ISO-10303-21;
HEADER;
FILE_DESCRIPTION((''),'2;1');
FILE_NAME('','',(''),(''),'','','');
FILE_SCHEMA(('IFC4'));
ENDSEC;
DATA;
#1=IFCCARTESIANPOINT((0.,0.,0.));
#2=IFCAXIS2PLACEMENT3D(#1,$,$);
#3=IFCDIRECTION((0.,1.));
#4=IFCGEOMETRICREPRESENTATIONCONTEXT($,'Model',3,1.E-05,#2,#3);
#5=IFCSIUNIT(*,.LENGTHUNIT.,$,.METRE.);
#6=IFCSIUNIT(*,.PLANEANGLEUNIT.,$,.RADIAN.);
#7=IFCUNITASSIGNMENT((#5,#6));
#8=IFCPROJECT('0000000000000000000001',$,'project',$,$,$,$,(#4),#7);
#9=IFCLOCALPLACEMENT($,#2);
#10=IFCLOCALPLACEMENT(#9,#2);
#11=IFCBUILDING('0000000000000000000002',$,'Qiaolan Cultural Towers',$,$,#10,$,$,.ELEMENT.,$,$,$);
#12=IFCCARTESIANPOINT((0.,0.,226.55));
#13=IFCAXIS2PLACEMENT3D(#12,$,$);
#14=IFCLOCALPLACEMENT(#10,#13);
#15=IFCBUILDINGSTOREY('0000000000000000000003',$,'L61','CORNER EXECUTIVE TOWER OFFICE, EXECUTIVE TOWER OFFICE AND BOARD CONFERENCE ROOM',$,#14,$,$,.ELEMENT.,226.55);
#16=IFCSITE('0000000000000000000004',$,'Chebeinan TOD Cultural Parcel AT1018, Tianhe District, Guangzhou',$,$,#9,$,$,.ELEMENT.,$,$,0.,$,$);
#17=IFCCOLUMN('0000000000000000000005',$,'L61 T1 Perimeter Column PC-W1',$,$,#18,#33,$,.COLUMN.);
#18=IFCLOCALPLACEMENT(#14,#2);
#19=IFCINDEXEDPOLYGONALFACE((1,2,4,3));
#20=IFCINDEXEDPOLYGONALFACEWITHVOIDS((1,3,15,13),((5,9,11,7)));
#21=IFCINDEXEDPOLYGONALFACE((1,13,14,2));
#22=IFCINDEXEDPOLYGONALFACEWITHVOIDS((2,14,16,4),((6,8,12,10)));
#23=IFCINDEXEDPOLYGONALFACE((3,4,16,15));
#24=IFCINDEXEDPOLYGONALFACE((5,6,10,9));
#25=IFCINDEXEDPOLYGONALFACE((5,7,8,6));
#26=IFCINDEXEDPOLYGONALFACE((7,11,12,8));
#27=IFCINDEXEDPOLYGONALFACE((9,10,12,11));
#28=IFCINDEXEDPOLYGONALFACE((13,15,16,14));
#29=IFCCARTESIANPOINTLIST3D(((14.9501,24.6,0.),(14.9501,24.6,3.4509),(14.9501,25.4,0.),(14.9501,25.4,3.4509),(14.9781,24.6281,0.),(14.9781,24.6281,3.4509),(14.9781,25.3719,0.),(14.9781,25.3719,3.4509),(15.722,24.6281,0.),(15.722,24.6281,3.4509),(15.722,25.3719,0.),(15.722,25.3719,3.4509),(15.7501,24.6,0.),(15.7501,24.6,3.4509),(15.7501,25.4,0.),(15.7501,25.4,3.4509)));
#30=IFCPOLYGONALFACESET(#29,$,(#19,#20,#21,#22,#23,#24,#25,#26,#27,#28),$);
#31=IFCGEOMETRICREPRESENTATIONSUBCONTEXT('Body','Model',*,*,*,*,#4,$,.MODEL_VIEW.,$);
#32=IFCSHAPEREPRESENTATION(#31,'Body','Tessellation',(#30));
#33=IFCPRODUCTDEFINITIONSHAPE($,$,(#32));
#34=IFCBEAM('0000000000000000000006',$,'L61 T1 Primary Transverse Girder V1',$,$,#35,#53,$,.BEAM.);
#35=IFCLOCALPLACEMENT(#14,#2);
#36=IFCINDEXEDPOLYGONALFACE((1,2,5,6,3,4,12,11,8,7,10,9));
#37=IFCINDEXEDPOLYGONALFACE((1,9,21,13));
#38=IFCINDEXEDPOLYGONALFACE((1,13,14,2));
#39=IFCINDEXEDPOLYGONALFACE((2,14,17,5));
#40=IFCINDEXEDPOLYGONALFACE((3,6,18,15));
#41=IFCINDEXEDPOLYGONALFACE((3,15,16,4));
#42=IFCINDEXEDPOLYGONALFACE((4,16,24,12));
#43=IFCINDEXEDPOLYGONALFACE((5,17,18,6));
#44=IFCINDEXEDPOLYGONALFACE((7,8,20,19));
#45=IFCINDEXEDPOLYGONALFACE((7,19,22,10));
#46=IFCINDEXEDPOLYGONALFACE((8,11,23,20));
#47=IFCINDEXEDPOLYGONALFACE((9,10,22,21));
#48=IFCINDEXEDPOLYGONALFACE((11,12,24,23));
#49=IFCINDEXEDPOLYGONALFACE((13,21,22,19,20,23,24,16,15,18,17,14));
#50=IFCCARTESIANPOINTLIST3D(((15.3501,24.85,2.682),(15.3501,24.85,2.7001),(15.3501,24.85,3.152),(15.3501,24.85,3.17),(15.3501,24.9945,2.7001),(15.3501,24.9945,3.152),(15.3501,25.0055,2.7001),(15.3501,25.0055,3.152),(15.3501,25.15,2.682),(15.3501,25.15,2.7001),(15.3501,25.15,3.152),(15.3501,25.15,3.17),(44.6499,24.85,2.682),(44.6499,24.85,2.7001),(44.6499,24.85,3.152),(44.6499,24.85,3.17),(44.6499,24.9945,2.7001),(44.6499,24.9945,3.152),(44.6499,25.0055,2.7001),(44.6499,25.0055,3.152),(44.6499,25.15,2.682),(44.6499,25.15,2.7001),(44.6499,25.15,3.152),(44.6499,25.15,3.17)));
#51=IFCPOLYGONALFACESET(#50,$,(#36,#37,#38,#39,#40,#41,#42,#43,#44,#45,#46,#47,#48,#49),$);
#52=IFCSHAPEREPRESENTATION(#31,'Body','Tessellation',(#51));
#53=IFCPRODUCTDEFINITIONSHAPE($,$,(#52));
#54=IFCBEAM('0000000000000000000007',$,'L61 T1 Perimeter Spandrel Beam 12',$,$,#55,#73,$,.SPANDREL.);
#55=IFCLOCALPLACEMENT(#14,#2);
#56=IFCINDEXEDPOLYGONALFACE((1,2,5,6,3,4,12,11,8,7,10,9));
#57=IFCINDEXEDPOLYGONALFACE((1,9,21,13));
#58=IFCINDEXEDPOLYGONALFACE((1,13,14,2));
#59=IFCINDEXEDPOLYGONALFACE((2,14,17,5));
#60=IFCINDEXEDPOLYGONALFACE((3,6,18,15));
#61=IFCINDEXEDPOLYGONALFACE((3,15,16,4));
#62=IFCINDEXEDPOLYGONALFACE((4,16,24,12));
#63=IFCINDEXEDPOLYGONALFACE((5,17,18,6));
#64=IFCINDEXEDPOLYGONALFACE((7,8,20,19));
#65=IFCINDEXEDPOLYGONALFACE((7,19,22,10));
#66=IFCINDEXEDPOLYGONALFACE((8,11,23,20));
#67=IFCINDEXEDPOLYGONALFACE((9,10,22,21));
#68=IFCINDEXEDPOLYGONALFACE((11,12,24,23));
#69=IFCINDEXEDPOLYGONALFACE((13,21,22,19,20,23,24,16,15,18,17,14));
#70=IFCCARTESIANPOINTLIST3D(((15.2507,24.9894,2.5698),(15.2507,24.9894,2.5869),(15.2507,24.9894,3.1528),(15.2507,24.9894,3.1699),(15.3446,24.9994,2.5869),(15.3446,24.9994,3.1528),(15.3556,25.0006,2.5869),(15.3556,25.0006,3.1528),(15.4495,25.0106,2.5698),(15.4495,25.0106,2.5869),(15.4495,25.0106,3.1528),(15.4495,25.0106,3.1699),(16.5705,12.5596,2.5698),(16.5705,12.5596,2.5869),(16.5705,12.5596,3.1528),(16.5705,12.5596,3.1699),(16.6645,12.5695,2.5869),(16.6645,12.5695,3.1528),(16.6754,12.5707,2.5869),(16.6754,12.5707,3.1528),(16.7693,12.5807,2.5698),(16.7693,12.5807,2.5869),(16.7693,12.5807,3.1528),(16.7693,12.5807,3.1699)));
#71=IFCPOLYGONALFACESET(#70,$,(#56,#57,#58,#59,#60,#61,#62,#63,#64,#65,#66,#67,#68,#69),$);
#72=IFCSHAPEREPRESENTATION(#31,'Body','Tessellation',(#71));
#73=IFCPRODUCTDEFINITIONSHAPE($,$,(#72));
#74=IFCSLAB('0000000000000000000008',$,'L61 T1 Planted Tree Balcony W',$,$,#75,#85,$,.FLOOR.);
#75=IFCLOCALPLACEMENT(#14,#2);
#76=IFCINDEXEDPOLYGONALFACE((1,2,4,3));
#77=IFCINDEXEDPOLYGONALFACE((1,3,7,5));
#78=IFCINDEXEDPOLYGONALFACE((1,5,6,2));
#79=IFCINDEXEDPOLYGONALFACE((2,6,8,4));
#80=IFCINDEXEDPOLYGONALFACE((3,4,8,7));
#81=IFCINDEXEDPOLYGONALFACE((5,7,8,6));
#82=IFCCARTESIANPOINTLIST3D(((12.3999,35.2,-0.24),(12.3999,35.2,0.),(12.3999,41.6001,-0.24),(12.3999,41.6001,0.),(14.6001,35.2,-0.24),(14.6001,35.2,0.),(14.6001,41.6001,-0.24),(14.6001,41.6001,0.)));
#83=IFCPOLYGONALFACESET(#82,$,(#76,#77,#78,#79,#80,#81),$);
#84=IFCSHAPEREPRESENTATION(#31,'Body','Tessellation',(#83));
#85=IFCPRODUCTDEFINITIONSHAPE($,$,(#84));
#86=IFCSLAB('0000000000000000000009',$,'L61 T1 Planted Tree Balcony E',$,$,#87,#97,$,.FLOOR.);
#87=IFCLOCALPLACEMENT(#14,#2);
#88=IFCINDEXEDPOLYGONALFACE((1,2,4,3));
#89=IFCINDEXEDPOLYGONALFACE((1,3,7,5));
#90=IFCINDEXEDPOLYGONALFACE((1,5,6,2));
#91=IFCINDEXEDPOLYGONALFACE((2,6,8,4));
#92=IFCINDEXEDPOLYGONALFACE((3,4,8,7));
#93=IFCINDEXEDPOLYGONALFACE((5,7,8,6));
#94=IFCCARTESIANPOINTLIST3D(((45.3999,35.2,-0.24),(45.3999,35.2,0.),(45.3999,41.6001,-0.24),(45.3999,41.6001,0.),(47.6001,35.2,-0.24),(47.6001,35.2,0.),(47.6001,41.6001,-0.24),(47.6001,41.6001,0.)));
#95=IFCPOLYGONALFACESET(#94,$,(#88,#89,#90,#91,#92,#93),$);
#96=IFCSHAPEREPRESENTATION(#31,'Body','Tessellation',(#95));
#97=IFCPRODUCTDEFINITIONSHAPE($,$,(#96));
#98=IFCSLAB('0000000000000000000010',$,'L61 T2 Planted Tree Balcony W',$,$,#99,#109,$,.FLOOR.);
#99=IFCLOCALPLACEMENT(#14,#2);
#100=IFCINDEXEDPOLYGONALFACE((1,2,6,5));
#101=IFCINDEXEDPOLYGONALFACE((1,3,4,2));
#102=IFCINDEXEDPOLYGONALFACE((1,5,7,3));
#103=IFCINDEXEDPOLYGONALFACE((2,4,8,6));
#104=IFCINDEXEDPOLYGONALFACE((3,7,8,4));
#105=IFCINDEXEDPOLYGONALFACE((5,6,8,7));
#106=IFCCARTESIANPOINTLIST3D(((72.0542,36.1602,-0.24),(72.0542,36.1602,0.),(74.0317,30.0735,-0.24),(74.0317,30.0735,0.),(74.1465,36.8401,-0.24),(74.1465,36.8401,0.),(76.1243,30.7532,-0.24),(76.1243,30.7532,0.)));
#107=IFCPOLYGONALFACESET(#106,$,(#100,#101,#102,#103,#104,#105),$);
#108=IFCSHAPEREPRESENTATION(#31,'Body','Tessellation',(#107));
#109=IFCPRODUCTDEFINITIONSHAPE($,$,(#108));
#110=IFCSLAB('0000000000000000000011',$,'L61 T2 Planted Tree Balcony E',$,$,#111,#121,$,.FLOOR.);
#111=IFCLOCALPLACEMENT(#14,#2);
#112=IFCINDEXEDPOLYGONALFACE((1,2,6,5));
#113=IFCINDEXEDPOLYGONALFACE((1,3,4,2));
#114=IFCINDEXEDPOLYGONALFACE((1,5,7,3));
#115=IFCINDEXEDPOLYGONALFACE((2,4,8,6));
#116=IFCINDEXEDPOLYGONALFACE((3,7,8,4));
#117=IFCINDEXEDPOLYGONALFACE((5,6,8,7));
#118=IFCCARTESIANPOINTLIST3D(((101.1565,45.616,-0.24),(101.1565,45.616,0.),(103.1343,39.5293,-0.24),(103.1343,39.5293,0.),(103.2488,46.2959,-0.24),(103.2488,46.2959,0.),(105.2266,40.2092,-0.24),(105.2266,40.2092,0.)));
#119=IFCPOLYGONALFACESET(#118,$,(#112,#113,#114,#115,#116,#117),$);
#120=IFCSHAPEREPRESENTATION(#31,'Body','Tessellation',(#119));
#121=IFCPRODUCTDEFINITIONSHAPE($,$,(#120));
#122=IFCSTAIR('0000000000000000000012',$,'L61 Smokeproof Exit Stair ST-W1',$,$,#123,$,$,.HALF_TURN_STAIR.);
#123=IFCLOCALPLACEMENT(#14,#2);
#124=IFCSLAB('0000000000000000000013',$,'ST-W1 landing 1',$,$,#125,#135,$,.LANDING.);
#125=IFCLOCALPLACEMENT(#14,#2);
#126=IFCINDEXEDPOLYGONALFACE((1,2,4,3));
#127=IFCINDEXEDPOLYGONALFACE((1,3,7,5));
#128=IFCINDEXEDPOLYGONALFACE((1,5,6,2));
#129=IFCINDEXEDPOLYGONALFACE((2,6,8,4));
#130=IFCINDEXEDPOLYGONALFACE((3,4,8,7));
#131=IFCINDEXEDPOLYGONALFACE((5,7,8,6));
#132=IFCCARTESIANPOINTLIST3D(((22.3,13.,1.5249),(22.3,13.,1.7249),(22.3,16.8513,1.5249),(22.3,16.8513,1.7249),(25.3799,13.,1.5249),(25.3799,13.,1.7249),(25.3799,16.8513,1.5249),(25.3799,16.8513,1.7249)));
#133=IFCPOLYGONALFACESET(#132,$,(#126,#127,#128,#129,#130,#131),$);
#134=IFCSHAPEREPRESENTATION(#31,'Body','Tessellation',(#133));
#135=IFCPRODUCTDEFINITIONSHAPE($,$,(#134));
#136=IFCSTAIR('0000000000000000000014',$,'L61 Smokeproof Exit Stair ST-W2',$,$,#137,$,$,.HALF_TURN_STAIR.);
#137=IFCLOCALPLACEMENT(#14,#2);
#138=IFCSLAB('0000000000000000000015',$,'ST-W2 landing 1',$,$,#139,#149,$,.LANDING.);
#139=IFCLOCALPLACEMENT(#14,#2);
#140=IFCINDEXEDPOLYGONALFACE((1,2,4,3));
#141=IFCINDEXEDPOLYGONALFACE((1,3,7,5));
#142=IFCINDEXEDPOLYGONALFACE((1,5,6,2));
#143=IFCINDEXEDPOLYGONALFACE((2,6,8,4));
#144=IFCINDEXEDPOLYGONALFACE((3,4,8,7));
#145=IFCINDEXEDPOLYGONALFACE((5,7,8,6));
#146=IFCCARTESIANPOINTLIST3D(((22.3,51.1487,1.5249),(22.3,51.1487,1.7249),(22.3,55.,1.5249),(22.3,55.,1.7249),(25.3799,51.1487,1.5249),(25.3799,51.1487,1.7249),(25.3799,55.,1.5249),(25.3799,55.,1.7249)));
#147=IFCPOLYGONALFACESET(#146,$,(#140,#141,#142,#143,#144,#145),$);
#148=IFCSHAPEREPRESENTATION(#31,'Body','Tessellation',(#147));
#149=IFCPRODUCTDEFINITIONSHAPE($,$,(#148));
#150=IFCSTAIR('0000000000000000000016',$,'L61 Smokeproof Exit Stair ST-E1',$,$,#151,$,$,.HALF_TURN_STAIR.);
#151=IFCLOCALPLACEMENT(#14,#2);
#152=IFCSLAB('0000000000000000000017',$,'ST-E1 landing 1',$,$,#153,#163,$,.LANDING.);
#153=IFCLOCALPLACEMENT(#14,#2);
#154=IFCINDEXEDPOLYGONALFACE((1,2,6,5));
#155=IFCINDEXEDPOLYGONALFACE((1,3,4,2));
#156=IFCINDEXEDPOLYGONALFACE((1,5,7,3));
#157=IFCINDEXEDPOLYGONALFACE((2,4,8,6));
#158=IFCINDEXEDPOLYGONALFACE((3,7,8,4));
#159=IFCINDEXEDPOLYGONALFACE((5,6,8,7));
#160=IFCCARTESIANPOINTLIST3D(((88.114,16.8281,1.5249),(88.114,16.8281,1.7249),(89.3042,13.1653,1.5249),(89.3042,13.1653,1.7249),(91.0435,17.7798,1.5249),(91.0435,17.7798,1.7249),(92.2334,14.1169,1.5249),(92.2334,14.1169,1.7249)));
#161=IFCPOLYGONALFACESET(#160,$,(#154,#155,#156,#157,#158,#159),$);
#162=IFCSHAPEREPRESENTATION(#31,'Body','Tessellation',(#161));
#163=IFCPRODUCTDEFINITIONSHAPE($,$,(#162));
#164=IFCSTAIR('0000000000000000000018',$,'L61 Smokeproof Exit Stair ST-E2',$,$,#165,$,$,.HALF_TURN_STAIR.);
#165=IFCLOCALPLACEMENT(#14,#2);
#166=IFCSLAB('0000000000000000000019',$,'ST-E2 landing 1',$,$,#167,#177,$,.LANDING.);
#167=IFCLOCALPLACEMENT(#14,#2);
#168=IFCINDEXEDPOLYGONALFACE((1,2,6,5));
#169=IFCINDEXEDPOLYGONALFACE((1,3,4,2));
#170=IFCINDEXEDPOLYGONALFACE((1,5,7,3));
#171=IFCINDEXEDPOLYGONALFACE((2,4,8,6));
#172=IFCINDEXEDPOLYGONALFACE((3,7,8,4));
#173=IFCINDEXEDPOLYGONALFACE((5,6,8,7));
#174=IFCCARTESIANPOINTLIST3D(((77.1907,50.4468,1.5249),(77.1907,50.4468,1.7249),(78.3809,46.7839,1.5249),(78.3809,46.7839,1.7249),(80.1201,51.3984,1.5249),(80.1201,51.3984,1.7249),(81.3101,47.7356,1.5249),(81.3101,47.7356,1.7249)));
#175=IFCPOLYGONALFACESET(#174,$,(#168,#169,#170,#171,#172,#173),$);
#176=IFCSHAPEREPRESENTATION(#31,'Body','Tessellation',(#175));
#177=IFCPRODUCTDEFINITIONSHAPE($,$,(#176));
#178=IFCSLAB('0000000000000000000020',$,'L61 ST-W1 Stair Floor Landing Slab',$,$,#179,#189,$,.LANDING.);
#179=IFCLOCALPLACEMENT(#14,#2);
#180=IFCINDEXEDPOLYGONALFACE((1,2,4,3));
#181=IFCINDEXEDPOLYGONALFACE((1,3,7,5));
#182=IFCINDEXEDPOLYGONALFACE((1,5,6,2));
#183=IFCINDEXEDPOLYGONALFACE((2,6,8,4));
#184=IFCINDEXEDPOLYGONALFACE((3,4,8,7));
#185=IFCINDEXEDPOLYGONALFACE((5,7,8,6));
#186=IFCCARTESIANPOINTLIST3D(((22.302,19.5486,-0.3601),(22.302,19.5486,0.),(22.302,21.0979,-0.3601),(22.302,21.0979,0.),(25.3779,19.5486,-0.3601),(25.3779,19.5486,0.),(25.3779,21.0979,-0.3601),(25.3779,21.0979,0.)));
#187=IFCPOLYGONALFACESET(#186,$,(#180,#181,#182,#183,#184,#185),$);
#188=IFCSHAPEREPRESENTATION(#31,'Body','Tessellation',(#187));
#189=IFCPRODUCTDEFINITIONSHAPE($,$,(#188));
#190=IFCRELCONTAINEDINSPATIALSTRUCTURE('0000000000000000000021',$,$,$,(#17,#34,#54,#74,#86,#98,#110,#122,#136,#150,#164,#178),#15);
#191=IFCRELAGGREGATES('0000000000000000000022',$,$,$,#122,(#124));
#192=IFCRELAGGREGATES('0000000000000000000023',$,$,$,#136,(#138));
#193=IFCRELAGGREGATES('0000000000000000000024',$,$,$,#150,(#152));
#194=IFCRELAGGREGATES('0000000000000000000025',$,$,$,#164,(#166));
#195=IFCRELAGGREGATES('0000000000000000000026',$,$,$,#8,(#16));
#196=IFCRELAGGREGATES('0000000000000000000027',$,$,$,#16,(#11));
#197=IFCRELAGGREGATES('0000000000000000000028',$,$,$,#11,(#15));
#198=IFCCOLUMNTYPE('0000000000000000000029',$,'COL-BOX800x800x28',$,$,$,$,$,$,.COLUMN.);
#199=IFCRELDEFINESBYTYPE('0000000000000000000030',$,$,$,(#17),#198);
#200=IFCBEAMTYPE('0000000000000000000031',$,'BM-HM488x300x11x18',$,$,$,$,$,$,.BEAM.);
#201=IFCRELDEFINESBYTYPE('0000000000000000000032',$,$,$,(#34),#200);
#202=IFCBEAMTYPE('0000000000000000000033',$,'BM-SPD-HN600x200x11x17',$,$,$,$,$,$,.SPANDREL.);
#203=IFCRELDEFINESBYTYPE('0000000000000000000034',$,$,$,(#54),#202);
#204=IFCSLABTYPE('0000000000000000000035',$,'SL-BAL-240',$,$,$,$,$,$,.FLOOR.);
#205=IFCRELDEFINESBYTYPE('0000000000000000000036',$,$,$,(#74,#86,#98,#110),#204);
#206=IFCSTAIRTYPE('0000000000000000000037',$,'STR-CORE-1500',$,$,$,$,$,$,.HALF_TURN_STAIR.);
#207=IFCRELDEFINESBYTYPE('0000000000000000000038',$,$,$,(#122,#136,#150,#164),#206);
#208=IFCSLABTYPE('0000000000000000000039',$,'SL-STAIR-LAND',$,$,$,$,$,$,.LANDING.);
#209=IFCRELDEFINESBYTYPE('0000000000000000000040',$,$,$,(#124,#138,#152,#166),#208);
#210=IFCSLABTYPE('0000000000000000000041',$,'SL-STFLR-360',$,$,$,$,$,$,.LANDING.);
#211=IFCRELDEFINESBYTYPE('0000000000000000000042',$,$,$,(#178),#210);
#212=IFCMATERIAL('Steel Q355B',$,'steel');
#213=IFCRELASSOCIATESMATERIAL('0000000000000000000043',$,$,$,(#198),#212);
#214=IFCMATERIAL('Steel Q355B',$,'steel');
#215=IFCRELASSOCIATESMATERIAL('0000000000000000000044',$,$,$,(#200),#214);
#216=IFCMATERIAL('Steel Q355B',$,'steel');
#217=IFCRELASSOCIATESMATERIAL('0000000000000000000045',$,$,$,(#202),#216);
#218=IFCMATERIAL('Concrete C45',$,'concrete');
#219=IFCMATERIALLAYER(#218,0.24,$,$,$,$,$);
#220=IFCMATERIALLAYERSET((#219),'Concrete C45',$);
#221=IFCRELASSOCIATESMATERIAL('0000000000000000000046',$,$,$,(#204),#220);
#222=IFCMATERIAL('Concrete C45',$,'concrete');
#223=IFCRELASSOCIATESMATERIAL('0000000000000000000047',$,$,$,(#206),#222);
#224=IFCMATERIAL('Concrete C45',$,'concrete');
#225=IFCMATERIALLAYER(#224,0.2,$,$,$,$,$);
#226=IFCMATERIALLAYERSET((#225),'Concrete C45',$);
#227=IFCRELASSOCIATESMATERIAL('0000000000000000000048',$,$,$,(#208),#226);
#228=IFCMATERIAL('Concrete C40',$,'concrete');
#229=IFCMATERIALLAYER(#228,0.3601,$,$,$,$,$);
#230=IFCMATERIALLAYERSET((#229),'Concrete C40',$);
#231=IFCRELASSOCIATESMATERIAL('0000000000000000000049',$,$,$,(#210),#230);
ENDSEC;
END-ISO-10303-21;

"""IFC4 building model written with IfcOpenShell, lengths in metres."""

from ifc_helpers import new_model, si_unit, direction, frame, origin, origin_2d, place, context, subcontext, project, spatial, polyline, hollow_rectangle, i_section, outline, extrude, material, layer, layer_set, material_profile, profile_set, type_object, element, aggregate, save


model = new_model("IFC4")

# Units and contexts
model_context = context("Model", 3, precision=1e-05, world=origin(), true_north=direction((0.0, 1.0)))
body_context = subcontext(model_context, "Body", "Model", "MODEL_VIEW")
ifc_project = project(units=[si_unit("LENGTHUNIT", "METRE"), si_unit("PLANEANGLEUNIT", "RADIAN")], contexts=[model_context])

# Site, building, storey
site_placement = place(None, origin())
site = spatial("IfcSite", under=ifc_project, at=site_placement, Name="Chebeinan TOD Cultural Parcel AT1018, Tianhe District, Guangzhou", CompositionType="ELEMENT", RefElevation=0.0)
building_placement = place(site_placement, origin())
building = spatial("IfcBuilding", under=site, at=building_placement, Name="Qiaolan Cultural Towers", CompositionType="ELEMENT")
storey_placement = place(building_placement, frame((0.0, 0.0, 226.55)))
storey = spatial("IfcBuildingStorey", under=building, at=storey_placement, Name="L61", Description="CORNER EXECUTIVE TOWER OFFICE, EXECUTIVE TOWER OFFICE AND BOARD CONFERENCE ROOM", CompositionType="ELEMENT", Elevation=226.55)

# Column
ifc_material_1 = material(Name="Steel Q355B", Category="steel")
ifc_material_profile_1 = material_profile(ifc_material_1, hollow_rectangle(XDim=0.8, YDim=0.8, WallThickness=0.0281, at=origin_2d()), Name="BOX800x800x28")
ifc_profile_set_1 = profile_set([ifc_material_profile_1], Name="Steel Q355B")
column_type = type_object("IfcColumnType", Name="COL-BOX800x800x28", PredefinedType="COLUMN", material=ifc_profile_set_1)
column_placement = place(storey_placement, frame((15.3501, 25.0, 0.0), z_axis=(0.0, 0.0, 1.0), x_axis=(1.0, 0.0, 0.0)))
element("IfcColumn", 1, at=column_placement, inside=storey, type_object=column_type, Name="L61 T1 Perimeter Column PC-W1", PredefinedType="COLUMN", context=body_context, shape_type="SweptSolid", body=[
    extrude(hollow_rectangle(XDim=0.8, YDim=0.8, WallThickness=0.0281, at=origin_2d()), origin(), (0.0, 0.0, 1.0), 3.4509),
])

# Beams
ifc_material_2 = material(Name="Steel Q355B", Category="steel")
ifc_material_profile_2 = material_profile(ifc_material_2, i_section(OverallWidth=0.3, OverallDepth=0.488, WebThickness=0.011, FlangeThickness=0.0181, at=origin_2d()), Name="HM488x300x11x18")
ifc_profile_set_2 = profile_set([ifc_material_profile_2], Name="Steel Q355B")
beam_type_1 = type_object("IfcBeamType", Name="BM-HM488x300x11x18", PredefinedType="BEAM", material=ifc_profile_set_2)
beam_1_placement = place(storey_placement, frame((15.3501, 25.0, 2.926), z_axis=(1.0, 0.0, 0.0), x_axis=(0.0, 1.0, 0.0)))
element("IfcBeam", 2, at=beam_1_placement, inside=storey, type_object=beam_type_1, Name="L61 T1 Primary Transverse Girder V1", PredefinedType="BEAM", context=body_context, shape_type="SweptSolid", body=[
    extrude(i_section(OverallWidth=0.3, OverallDepth=0.488, WebThickness=0.011, FlangeThickness=0.0181, at=origin_2d()), origin(), (0.0, 0.0, 1.0), 29.2998),
])
ifc_material_3 = material(Name="Steel Q355B", Category="steel")
ifc_material_profile_3 = material_profile(ifc_material_3, i_section(OverallWidth=0.2, OverallDepth=0.6001, WebThickness=0.011, FlangeThickness=0.0171, at=origin_2d()), Name="HN600x200x11x17")
ifc_profile_set_3 = profile_set([ifc_material_profile_3], Name="Steel Q355B")
beam_type_2 = type_object("IfcBeamType", Name="BM-SPD-HN600x200x11x17", PredefinedType="SPANDREL", material=ifc_profile_set_3)
beam_2_placement = place(storey_placement, frame((15.3501, 25.0, 2.8699), z_axis=(0.105588, -0.99441, 0.0), x_axis=(0.99441, 0.105588, 0.0)))
element("IfcBeam", 3, at=beam_2_placement, inside=storey, type_object=beam_type_2, Name="L61 T1 Perimeter Spandrel Beam 12", PredefinedType="SPANDREL", context=body_context, shape_type="SweptSolid", body=[
    extrude(i_section(OverallWidth=0.2, OverallDepth=0.6001, WebThickness=0.011, FlangeThickness=0.0171, at=origin_2d()), origin(), (0.0, 0.0, 1.0), 12.4998),
])

# Slabs
ifc_material_4 = material(Name="Concrete C45", Category="concrete")
ifc_layer_1 = layer(ifc_material_4, 0.24)
ifc_layer_set_1 = layer_set([ifc_layer_1], Name="Concrete C45")
slab_type_1 = type_object("IfcSlabType", Name="SL-BAL-240", PredefinedType="FLOOR", material=ifc_layer_set_1)
slab_1_placement = place(storey_placement, frame((0.0, 0.0, -0.24)))
element("IfcSlab", 4, at=slab_1_placement, inside=storey, type_object=slab_type_1, Name="L61 T1 Planted Tree Balcony W", PredefinedType="FLOOR", context=body_context, shape_type="SweptSolid", body=[
    extrude(outline(polyline([(12.3999, 35.2), (14.6001, 35.2), (14.6001, 41.6001), (12.3999, 41.6001), (12.3999, 35.2)])), origin(), (0.0, 0.0, 1.0), 0.24),
])
slab_2_placement = place(storey_placement, frame((0.0, 0.0, -0.24)))
element("IfcSlab", 5, at=slab_2_placement, inside=storey, type_object=slab_type_1, Name="L61 T1 Planted Tree Balcony E", PredefinedType="FLOOR", context=body_context, shape_type="SweptSolid", body=[
    extrude(outline(polyline([(45.3999, 35.2), (47.6001, 35.2), (47.6001, 41.6001), (45.3999, 41.6001), (45.3999, 35.2)])), origin(), (0.0, 0.0, 1.0), 0.24),
])
slab_3_placement = place(storey_placement, frame((0.0, 0.0, -0.24)))
element("IfcSlab", 6, at=slab_3_placement, inside=storey, type_object=slab_type_1, Name="L61 T2 Planted Tree Balcony W", PredefinedType="FLOOR", context=body_context, shape_type="SweptSolid", body=[
    extrude(outline(polyline([(74.0317, 30.0735), (76.1243, 30.7532), (74.1465, 36.8401), (72.0542, 36.1602), (74.0317, 30.0735)])), origin(), (0.0, 0.0, 1.0), 0.24),
])
slab_4_placement = place(storey_placement, frame((0.0, 0.0, -0.24)))
element("IfcSlab", 7, at=slab_4_placement, inside=storey, type_object=slab_type_1, Name="L61 T2 Planted Tree Balcony E", PredefinedType="FLOOR", context=body_context, shape_type="SweptSolid", body=[
    extrude(outline(polyline([(103.1343, 39.5293), (105.2266, 40.2092), (103.2488, 46.2959), (101.1565, 45.616), (103.1343, 39.5293)])), origin(), (0.0, 0.0, 1.0), 0.24),
])

# Stairs, slabs
ifc_material_5 = material(Name="Concrete C45", Category="concrete")
stair_type = type_object("IfcStairType", Name="STR-CORE-1500", PredefinedType="HALF_TURN_STAIR", material=ifc_material_5)
stair_1_placement = place(storey_placement, origin())
stair_1 = element("IfcStair", 8, at=stair_1_placement, inside=storey, type_object=stair_type, Name="L61 Smokeproof Exit Stair ST-W1", PredefinedType="HALF_TURN_STAIR")
ifc_material_6 = material(Name="Concrete C45", Category="concrete")
ifc_layer_2 = layer(ifc_material_6, 0.2)
ifc_layer_set_2 = layer_set([ifc_layer_2], Name="Concrete C45")
slab_type_2 = type_object("IfcSlabType", Name="SL-STAIR-LAND", PredefinedType="LANDING", material=ifc_layer_set_2)
slab_5_placement = place(storey_placement, frame((0.0, 0.0, 1.5249)))
slab_5 = element("IfcSlab", 9, at=slab_5_placement, type_object=slab_type_2, Name="ST-W1 landing 1", PredefinedType="LANDING", context=body_context, shape_type="SweptSolid", body=[
    extrude(outline(polyline([(22.3, 16.8513), (22.3, 13.0), (25.3799, 13.0), (25.3799, 16.8513), (22.3, 16.8513)])), origin(), (0.0, 0.0, 1.0), 0.2),
])
aggregate(stair_1, [slab_5])
stair_2_placement = place(storey_placement, origin())
stair_2 = element("IfcStair", 10, at=stair_2_placement, inside=storey, type_object=stair_type, Name="L61 Smokeproof Exit Stair ST-W2", PredefinedType="HALF_TURN_STAIR")
slab_6_placement = place(storey_placement, frame((0.0, 0.0, 1.5249)))
slab_6 = element("IfcSlab", 11, at=slab_6_placement, type_object=slab_type_2, Name="ST-W2 landing 1", PredefinedType="LANDING", context=body_context, shape_type="SweptSolid", body=[
    extrude(outline(polyline([(25.3799, 51.1487), (25.3799, 55.0), (22.3, 55.0), (22.3, 51.1487), (25.3799, 51.1487)])), origin(), (0.0, 0.0, 1.0), 0.2),
])
aggregate(stair_2, [slab_6])
stair_3_placement = place(storey_placement, origin())
stair_3 = element("IfcStair", 12, at=stair_3_placement, inside=storey, type_object=stair_type, Name="L61 Smokeproof Exit Stair ST-E1", PredefinedType="HALF_TURN_STAIR")
slab_7_placement = place(storey_placement, frame((0.0, 0.0, 1.5249)))
slab_7 = element("IfcSlab", 13, at=slab_7_placement, type_object=slab_type_2, Name="ST-E1 landing 1", PredefinedType="LANDING", context=body_context, shape_type="SweptSolid", body=[
    extrude(outline(polyline([(88.114, 16.8281), (89.3042, 13.1653), (92.2334, 14.1169), (91.0435, 17.7798), (88.114, 16.8281)])), origin(), (0.0, 0.0, 1.0), 0.2),
])
aggregate(stair_3, [slab_7])
stair_4_placement = place(storey_placement, origin())
stair_4 = element("IfcStair", 14, at=stair_4_placement, inside=storey, type_object=stair_type, Name="L61 Smokeproof Exit Stair ST-E2", PredefinedType="HALF_TURN_STAIR")
slab_8_placement = place(storey_placement, frame((0.0, 0.0, 1.5249)))
slab_8 = element("IfcSlab", 15, at=slab_8_placement, type_object=slab_type_2, Name="ST-E2 landing 1", PredefinedType="LANDING", context=body_context, shape_type="SweptSolid", body=[
    extrude(outline(polyline([(81.3101, 47.7356), (80.1201, 51.3984), (77.1907, 50.4468), (78.3809, 46.7839), (81.3101, 47.7356)])), origin(), (0.0, 0.0, 1.0), 0.2),
])
aggregate(stair_4, [slab_8])

# Slab
ifc_material_7 = material(Name="Concrete C40", Category="concrete")
ifc_layer_3 = layer(ifc_material_7, 0.3601)
ifc_layer_set_3 = layer_set([ifc_layer_3], Name="Concrete C40")
slab_type_3 = type_object("IfcSlabType", Name="SL-STFLR-360", PredefinedType="LANDING", material=ifc_layer_set_3)
slab_9_placement = place(storey_placement, frame((0.0, 0.0, -0.3601)))
element("IfcSlab", 16, at=slab_9_placement, inside=storey, type_object=slab_type_3, Name="L61 ST-W1 Stair Floor Landing Slab", PredefinedType="LANDING", context=body_context, shape_type="SweptSolid", body=[
    extrude(outline(polyline([(22.302, 21.0979), (22.302, 19.5486), (25.3779, 19.5486), (25.3779, 21.0979), (22.302, 21.0979)])), origin(), (0.0, 0.0, 1.0), 0.3601),
])

save(model, "model.ifc")
